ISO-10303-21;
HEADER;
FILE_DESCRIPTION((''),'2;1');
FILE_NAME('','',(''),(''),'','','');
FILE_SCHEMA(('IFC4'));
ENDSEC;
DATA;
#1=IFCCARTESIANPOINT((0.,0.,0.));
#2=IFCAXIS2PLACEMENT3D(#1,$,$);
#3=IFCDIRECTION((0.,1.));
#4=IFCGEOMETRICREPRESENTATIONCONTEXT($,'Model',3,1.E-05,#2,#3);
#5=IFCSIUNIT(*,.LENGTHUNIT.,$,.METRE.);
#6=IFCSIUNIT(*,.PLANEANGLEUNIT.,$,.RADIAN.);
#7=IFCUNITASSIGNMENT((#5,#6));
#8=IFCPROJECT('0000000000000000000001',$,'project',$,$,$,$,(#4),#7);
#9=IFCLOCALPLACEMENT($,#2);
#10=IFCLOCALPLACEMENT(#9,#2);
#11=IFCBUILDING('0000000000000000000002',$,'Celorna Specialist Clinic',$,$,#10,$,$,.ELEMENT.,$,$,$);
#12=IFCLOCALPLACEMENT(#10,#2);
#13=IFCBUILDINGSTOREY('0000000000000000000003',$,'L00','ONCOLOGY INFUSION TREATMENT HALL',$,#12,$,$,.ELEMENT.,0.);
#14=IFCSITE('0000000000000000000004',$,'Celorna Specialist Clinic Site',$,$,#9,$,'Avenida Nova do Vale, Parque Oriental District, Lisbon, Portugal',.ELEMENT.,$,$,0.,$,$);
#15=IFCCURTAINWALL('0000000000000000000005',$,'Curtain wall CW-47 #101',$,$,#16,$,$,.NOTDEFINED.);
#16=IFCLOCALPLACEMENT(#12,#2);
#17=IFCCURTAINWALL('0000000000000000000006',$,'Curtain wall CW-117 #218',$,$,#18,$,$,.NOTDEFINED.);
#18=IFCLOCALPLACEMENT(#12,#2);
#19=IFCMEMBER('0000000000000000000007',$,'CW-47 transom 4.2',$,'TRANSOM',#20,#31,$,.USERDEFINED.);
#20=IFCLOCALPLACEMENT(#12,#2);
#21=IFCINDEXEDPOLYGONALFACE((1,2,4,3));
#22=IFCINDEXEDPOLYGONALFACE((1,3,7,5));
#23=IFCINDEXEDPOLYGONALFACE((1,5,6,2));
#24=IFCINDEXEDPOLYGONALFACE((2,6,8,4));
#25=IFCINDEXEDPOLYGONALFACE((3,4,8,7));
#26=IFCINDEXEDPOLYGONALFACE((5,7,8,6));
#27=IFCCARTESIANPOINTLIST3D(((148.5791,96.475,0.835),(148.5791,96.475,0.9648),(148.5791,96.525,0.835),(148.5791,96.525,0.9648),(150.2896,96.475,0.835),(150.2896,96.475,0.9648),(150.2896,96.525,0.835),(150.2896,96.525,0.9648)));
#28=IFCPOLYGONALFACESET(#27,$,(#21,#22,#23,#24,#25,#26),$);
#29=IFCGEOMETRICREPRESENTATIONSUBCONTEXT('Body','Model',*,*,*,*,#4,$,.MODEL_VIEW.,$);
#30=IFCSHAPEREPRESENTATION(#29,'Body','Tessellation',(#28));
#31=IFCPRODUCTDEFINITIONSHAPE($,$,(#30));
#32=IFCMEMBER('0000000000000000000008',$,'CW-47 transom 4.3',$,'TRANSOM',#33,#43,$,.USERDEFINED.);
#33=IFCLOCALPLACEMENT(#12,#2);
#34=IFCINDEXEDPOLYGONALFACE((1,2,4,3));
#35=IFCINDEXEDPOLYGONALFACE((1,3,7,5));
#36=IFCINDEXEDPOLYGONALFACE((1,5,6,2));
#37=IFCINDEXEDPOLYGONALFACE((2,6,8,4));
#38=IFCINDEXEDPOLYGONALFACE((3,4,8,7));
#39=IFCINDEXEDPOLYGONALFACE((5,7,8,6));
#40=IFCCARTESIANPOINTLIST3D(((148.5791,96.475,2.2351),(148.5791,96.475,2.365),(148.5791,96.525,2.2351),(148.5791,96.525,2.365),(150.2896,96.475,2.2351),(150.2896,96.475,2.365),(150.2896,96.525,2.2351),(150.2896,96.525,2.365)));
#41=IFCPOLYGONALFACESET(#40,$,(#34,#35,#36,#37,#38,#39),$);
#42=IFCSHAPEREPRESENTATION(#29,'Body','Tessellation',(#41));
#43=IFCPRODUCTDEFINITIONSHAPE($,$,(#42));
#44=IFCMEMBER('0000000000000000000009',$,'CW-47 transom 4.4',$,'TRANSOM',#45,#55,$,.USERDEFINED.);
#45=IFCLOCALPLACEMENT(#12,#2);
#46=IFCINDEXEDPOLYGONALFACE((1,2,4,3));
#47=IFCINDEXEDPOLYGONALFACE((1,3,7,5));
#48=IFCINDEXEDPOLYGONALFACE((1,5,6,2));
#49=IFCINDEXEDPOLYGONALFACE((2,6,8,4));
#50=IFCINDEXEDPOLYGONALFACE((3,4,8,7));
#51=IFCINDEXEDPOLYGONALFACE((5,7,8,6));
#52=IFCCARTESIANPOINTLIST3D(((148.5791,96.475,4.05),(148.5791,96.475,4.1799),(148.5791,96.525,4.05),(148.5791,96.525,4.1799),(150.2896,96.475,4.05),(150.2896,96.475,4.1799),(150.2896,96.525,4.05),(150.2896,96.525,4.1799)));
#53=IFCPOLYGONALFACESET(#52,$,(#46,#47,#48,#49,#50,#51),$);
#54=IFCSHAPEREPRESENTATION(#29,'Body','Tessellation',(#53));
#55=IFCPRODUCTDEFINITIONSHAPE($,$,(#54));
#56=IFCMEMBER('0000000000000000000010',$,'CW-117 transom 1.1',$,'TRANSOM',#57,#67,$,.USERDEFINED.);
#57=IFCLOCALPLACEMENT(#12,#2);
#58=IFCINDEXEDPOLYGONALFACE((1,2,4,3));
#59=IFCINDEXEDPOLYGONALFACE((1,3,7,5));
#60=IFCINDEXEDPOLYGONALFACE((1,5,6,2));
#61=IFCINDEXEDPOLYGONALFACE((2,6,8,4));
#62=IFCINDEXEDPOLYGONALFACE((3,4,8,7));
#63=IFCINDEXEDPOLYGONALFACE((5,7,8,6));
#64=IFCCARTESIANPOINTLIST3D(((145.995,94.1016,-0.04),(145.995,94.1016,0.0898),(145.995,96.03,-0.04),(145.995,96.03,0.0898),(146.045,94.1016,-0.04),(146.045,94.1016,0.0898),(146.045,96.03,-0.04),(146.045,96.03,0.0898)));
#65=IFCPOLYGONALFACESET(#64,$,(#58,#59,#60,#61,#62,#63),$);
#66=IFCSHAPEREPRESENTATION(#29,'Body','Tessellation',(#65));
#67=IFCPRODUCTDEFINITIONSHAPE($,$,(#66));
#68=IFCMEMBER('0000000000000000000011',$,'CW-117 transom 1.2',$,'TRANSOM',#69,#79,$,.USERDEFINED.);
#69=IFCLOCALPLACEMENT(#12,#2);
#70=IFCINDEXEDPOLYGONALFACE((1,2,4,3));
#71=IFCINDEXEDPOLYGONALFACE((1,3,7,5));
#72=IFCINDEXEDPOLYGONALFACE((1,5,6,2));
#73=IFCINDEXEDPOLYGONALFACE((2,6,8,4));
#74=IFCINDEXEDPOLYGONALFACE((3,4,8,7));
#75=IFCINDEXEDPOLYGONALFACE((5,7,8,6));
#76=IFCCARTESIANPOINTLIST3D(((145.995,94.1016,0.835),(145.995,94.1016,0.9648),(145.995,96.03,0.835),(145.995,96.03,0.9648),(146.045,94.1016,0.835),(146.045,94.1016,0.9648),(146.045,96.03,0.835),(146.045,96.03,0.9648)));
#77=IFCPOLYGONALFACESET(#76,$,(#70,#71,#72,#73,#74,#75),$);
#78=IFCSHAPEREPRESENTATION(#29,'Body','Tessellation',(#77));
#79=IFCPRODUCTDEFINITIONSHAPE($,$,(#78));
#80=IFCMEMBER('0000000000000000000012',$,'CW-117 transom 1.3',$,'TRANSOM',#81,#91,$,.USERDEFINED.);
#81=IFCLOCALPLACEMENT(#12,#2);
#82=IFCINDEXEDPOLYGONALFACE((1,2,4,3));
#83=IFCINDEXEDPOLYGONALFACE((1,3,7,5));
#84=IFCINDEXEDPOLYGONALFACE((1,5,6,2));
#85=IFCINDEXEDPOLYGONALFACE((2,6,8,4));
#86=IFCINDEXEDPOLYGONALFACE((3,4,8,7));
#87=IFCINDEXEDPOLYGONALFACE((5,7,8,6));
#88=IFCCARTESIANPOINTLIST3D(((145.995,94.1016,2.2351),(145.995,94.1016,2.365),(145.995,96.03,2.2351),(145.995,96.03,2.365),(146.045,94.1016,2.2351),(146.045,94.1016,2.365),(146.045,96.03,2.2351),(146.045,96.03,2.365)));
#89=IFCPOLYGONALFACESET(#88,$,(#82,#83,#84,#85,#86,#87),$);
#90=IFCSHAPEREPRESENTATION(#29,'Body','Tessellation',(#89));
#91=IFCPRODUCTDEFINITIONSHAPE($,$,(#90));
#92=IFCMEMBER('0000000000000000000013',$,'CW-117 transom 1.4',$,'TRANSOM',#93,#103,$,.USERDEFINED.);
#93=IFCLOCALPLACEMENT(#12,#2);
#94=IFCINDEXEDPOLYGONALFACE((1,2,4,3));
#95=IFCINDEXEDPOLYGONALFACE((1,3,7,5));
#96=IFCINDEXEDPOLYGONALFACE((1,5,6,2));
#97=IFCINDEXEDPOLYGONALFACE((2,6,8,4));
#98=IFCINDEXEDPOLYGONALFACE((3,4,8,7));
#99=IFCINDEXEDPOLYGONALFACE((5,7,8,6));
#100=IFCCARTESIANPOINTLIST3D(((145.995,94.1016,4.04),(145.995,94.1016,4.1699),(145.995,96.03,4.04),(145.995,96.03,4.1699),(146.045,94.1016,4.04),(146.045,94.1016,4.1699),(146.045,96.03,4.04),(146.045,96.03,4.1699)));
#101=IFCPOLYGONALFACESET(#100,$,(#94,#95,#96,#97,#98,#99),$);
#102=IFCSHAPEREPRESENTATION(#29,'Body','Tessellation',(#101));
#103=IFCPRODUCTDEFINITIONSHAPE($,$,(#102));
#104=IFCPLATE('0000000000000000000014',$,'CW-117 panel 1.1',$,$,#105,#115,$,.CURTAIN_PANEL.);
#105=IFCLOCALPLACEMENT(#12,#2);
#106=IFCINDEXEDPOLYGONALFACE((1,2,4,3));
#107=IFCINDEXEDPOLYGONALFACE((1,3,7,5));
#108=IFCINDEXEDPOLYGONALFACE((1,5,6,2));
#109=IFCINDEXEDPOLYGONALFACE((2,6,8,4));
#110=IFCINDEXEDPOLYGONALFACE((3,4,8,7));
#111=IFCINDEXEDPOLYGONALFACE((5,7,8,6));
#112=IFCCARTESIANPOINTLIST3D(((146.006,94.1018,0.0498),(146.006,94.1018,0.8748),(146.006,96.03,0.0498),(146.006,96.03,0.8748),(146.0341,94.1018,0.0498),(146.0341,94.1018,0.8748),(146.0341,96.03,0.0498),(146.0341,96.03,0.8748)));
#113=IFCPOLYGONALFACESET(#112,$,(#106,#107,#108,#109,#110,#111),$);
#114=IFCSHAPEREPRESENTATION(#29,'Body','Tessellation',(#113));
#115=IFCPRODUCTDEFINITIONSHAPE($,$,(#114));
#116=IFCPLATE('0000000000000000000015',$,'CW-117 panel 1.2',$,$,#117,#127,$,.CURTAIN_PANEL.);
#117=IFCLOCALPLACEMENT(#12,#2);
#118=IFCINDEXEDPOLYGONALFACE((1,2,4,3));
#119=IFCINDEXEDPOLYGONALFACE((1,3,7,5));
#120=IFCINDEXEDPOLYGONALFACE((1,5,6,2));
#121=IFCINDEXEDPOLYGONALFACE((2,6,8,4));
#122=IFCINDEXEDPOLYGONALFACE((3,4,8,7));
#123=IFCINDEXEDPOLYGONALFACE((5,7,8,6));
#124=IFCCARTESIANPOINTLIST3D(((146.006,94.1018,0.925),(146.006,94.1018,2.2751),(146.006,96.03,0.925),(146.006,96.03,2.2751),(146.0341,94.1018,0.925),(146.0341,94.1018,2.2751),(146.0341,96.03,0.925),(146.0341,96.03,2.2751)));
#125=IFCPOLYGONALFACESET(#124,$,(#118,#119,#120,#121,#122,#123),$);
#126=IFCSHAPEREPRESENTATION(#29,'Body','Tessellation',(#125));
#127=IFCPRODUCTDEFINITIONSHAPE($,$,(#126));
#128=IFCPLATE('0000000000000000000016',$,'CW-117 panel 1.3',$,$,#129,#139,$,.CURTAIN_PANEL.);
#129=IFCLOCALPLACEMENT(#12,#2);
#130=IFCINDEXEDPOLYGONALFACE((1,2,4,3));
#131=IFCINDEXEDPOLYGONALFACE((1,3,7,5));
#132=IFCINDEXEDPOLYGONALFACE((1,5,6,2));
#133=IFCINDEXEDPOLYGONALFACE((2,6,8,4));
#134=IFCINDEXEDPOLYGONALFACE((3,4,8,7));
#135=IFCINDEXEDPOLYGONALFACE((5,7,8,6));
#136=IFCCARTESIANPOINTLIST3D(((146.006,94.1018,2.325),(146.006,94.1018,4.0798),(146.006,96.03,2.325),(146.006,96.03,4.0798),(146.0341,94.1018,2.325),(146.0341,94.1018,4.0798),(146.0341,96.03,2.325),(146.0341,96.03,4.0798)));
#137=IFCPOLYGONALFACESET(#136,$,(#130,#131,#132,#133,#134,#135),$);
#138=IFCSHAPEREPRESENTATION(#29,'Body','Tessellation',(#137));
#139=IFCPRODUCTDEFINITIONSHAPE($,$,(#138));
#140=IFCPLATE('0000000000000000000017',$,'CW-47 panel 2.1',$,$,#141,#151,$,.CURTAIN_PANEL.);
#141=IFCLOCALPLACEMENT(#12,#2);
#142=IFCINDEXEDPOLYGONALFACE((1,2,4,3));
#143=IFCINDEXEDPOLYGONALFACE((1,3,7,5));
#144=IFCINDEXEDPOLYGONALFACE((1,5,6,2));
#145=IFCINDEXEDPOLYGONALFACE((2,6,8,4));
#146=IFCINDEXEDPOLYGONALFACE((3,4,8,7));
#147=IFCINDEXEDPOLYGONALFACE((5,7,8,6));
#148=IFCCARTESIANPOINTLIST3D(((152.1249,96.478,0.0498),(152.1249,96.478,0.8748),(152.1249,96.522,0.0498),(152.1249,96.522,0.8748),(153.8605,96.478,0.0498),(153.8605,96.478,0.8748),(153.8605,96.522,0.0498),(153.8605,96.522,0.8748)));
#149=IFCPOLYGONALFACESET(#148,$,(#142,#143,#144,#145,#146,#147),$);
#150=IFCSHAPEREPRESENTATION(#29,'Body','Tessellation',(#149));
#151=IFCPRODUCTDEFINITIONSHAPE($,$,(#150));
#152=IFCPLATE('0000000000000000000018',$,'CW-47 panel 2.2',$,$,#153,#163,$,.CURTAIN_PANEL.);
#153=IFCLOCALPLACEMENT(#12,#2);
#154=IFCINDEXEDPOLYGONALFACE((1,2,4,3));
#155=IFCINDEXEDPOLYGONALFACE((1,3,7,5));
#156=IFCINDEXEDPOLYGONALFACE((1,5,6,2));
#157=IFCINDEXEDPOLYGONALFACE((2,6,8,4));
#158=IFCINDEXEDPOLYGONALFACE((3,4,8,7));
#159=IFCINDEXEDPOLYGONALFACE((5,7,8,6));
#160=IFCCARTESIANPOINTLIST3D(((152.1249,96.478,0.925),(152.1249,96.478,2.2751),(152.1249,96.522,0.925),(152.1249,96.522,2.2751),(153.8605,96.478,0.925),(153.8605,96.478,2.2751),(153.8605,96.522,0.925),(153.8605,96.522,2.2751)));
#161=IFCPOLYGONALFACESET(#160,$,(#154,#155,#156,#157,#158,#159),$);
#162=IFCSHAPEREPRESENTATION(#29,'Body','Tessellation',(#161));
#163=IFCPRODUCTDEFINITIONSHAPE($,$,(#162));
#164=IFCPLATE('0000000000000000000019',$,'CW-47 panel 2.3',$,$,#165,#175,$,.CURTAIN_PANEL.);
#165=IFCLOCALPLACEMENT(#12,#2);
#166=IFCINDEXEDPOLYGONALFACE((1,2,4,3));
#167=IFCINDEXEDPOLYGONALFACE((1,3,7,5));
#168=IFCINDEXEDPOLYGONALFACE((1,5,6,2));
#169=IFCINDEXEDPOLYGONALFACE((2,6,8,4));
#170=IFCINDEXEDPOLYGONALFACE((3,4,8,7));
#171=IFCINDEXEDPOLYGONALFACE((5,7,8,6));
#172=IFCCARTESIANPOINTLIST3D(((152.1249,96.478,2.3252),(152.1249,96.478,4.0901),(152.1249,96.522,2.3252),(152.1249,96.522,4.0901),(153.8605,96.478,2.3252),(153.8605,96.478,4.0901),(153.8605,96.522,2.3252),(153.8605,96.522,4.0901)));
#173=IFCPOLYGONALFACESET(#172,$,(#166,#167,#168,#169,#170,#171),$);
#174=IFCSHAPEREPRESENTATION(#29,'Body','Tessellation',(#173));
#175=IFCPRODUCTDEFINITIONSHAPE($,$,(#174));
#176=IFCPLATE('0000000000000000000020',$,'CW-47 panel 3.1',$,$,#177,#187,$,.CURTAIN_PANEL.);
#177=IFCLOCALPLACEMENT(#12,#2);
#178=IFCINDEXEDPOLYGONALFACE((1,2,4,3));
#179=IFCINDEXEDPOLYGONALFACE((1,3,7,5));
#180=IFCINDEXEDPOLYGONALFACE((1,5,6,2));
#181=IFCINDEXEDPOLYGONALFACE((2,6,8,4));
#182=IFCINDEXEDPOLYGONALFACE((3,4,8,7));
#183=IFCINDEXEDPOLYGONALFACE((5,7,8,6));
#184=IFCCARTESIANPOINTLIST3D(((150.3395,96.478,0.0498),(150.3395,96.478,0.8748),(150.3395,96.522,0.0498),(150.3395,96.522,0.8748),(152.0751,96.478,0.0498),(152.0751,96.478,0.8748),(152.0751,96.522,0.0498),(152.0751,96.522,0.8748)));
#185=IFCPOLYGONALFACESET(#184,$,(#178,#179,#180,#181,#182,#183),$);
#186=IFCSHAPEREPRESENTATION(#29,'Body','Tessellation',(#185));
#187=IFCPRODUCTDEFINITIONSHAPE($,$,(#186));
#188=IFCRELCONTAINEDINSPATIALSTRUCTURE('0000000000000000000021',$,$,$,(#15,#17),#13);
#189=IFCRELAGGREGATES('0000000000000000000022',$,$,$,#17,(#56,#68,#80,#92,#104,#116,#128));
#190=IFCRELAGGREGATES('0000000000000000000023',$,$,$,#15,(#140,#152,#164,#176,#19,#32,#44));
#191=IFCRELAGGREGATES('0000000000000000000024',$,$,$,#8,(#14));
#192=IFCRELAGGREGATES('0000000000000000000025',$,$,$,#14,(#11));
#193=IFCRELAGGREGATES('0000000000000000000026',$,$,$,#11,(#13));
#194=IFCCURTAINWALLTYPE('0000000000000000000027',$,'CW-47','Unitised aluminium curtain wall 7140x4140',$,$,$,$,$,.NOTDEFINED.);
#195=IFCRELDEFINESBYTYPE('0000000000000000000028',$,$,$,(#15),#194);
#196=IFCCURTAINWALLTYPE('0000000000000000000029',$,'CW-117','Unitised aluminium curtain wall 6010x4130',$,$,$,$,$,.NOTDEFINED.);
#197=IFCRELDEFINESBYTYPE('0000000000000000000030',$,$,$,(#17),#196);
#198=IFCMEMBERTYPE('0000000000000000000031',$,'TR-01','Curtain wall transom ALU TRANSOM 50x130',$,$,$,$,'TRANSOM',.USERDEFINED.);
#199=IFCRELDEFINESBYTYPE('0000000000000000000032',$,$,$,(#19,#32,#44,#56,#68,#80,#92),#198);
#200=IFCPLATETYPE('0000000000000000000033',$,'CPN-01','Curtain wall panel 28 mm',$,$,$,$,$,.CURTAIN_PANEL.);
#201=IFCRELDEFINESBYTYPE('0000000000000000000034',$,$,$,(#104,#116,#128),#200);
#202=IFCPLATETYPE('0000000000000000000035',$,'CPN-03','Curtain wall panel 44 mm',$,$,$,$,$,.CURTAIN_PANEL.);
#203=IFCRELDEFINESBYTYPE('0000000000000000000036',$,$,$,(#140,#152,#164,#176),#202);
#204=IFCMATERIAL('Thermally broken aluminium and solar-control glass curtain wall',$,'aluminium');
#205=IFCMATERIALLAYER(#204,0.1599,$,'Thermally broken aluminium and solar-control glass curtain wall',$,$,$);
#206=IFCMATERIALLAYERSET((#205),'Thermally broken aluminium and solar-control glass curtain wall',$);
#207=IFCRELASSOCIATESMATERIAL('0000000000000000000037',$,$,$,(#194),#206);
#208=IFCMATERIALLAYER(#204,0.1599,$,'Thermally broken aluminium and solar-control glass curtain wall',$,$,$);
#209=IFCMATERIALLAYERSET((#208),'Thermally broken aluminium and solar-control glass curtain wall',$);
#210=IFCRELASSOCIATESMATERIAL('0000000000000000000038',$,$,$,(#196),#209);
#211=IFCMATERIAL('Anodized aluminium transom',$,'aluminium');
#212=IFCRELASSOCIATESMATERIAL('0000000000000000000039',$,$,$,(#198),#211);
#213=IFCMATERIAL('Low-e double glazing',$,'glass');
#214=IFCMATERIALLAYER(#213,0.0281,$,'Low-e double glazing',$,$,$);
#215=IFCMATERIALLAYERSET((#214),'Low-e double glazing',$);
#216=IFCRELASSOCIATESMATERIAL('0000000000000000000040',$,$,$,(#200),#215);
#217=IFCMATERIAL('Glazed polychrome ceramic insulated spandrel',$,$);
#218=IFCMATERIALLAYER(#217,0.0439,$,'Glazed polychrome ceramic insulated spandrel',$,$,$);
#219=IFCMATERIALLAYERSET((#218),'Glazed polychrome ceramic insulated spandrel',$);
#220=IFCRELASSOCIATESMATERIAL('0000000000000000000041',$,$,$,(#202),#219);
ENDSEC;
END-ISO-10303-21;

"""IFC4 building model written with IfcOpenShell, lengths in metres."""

from ifc_helpers import new_model, si_unit, direction, frame, origin, origin_2d, place, context, subcontext, project, spatial, rectangle, extrude, material, layer, layer_set, material_profile, profile_set, type_object, element, aggregate, save


model = new_model("IFC4")

# Units and contexts
model_context = context("Model", 3, precision=1e-05, world=origin(), true_north=direction((0.0, 1.0)))
body_context = subcontext(model_context, "Body", "Model", "MODEL_VIEW")
ifc_project = project(units=[si_unit("LENGTHUNIT", "METRE"), si_unit("PLANEANGLEUNIT", "RADIAN")], contexts=[model_context])

# Site, building, storey
site_placement = place(None, origin())
site = spatial("IfcSite", under=ifc_project, at=site_placement, Name="Celorna Specialist Clinic Site", LongName="Avenida Nova do Vale, Parque Oriental District, Lisbon, Portugal", CompositionType="ELEMENT", RefElevation=0.0)
building_placement = place(site_placement, origin())
building = spatial("IfcBuilding", under=site, at=building_placement, Name="Celorna Specialist Clinic", CompositionType="ELEMENT")
storey_placement = place(building_placement, origin())
storey = spatial("IfcBuildingStorey", under=building, at=storey_placement, Name="L00", Description="ONCOLOGY INFUSION TREATMENT HALL", CompositionType="ELEMENT", Elevation=0.0)

# Curtain walls
ifc_material_1 = material(Name="Thermally broken aluminium and solar-control glass curtain wall", Category="aluminium")
ifc_layer_1 = layer(ifc_material_1, 0.1599, Name="Thermally broken aluminium and solar-control glass curtain wall")
ifc_layer_set_1 = layer_set([ifc_layer_1], Name="Thermally broken aluminium and solar-control glass curtain wall")
curtain_wall_type_1 = type_object("IfcCurtainWallType", Name="CW-47", Description="Unitised aluminium curtain wall 7140x4140", PredefinedType="NOTDEFINED", material=ifc_layer_set_1)
curtain_wall_1_placement = place(storey_placement, origin())
curtain_wall_1 = element("IfcCurtainWall", 1, at=curtain_wall_1_placement, inside=storey, type_object=curtain_wall_type_1, Name="Curtain wall CW-47 #101", PredefinedType="NOTDEFINED")
ifc_layer_2 = layer(ifc_material_1, 0.1599, Name="Thermally broken aluminium and solar-control glass curtain wall")
ifc_layer_set_2 = layer_set([ifc_layer_2], Name="Thermally broken aluminium and solar-control glass curtain wall")
curtain_wall_type_2 = type_object("IfcCurtainWallType", Name="CW-117", Description="Unitised aluminium curtain wall 6010x4130", PredefinedType="NOTDEFINED", material=ifc_layer_set_2)
curtain_wall_2_placement = place(storey_placement, origin())
curtain_wall_2 = element("IfcCurtainWall", 2, at=curtain_wall_2_placement, inside=storey, type_object=curtain_wall_type_2, Name="Curtain wall CW-117 #218", PredefinedType="NOTDEFINED")

# Members
ifc_material_2 = material(Name="Anodized aluminium transom", Category="aluminium")
ifc_material_profile_1 = material_profile(ifc_material_2, rectangle(XDim=0.05, YDim=0.1299, at=origin_2d()), Name="ALU TRANSOM 50x130")
ifc_profile_set_1 = profile_set([ifc_material_profile_1], Name="Anodized aluminium transom")
member_type_1 = type_object("IfcMemberType", Name="TR-01", Description="Curtain wall transom ALU TRANSOM 50x130", ElementType="TRANSOM", PredefinedType="USERDEFINED", material=ifc_profile_set_1)
member_1_placement = place(storey_placement, frame((150.2896, 96.5, 0.8999), z_axis=(-1.0, 0.0, 0.0), x_axis=(0.0, -1.0, 0.0)))
member_1 = element("IfcMember", 3, at=member_1_placement, type_object=member_type_1, Name="CW-47 transom 4.2", ObjectType="TRANSOM", PredefinedType="USERDEFINED", context=body_context, shape_type="SweptSolid", body=[
    extrude(rectangle(XDim=0.05, YDim=0.1299, at=origin_2d()), origin(), (0.0, 0.0, 1.0), 1.7104),
])
member_2_placement = place(storey_placement, frame((150.2896, 96.5, 2.3), z_axis=(-1.0, 0.0, 0.0), x_axis=(0.0, -1.0, 0.0)))
member_2 = element("IfcMember", 4, at=member_2_placement, type_object=member_type_1, Name="CW-47 transom 4.3", ObjectType="TRANSOM", PredefinedType="USERDEFINED", context=body_context, shape_type="SweptSolid", body=[
    extrude(rectangle(XDim=0.05, YDim=0.1299, at=origin_2d()), origin(), (0.0, 0.0, 1.0), 1.7104),
])
member_3_placement = place(storey_placement, frame((150.2896, 96.5, 4.115), z_axis=(-1.0, 0.0, 0.0), x_axis=(0.0, -1.0, 0.0)))
member_3 = element("IfcMember", 5, at=member_3_placement, type_object=member_type_1, Name="CW-47 transom 4.4", ObjectType="TRANSOM", PredefinedType="USERDEFINED", context=body_context, shape_type="SweptSolid", body=[
    extrude(rectangle(XDim=0.05, YDim=0.1299, at=origin_2d()), origin(), (0.0, 0.0, 1.0), 1.7104),
])
member_4_placement = place(storey_placement, frame((146.02, 96.03, 0.0249), z_axis=(0.0, -1.0, 0.0), x_axis=(1.0, 0.0, 0.0)))
member_4 = element("IfcMember", 6, at=member_4_placement, type_object=member_type_1, Name="CW-117 transom 1.1", ObjectType="TRANSOM", PredefinedType="USERDEFINED", context=body_context, shape_type="SweptSolid", body=[
    extrude(rectangle(XDim=0.05, YDim=0.1299, at=origin_2d()), origin(), (0.0, 0.0, 1.0), 1.9285),
])
member_5_placement = place(storey_placement, frame((146.02, 96.03, 0.8999), z_axis=(0.0, -1.0, 0.0), x_axis=(1.0, 0.0, 0.0)))
member_5 = element("IfcMember", 7, at=member_5_placement, type_object=member_type_1, Name="CW-117 transom 1.2", ObjectType="TRANSOM", PredefinedType="USERDEFINED", context=body_context, shape_type="SweptSolid", body=[
    extrude(rectangle(XDim=0.05, YDim=0.1299, at=origin_2d()), origin(), (0.0, 0.0, 1.0), 1.9285),
])
member_6_placement = place(storey_placement, frame((146.02, 96.03, 2.3), z_axis=(0.0, -1.0, 0.0), x_axis=(1.0, 0.0, 0.0)))
member_6 = element("IfcMember", 8, at=member_6_placement, type_object=member_type_1, Name="CW-117 transom 1.3", ObjectType="TRANSOM", PredefinedType="USERDEFINED", context=body_context, shape_type="SweptSolid", body=[
    extrude(rectangle(XDim=0.05, YDim=0.1299, at=origin_2d()), origin(), (0.0, 0.0, 1.0), 1.9285),
])
member_7_placement = place(storey_placement, frame((146.02, 96.03, 4.105), z_axis=(0.0, -1.0, 0.0), x_axis=(1.0, 0.0, 0.0)))
member_7 = element("IfcMember", 9, at=member_7_placement, type_object=member_type_1, Name="CW-117 transom 1.4", ObjectType="TRANSOM", PredefinedType="USERDEFINED", context=body_context, shape_type="SweptSolid", body=[
    extrude(rectangle(XDim=0.05, YDim=0.1299, at=origin_2d()), origin(), (0.0, 0.0, 1.0), 1.9285),
])

# Plates
ifc_material_3 = material(Name="Low-e double glazing", Category="glass")
ifc_layer_3 = layer(ifc_material_3, 0.0281, Name="Low-e double glazing")
ifc_layer_set_3 = layer_set([ifc_layer_3], Name="Low-e double glazing")
plate_type_1 = type_object("IfcPlateType", Name="CPN-01", Description="Curtain wall panel 28 mm", PredefinedType="CURTAIN_PANEL", material=ifc_layer_set_3)
plate_1_placement = place(storey_placement, frame((146.02, 95.0659, 0.0498), z_axis=(0.0, 0.0, 1.0), x_axis=(0.0, -1.0, 0.0)))
plate_1 = element("IfcPlate", 10, at=plate_1_placement, type_object=plate_type_1, Name="CW-117 panel 1.1", PredefinedType="CURTAIN_PANEL", context=body_context, shape_type="SweptSolid", body=[
    extrude(rectangle(XDim=1.9282, YDim=0.0281, at=origin_2d()), origin(), (0.0, 0.0, 1.0), 0.825),
])
plate_2_placement = place(storey_placement, frame((146.02, 95.0659, 0.925), z_axis=(0.0, 0.0, 1.0), x_axis=(0.0, -1.0, 0.0)))
plate_2 = element("IfcPlate", 11, at=plate_2_placement, type_object=plate_type_1, Name="CW-117 panel 1.2", PredefinedType="CURTAIN_PANEL", context=body_context, shape_type="SweptSolid", body=[
    extrude(rectangle(XDim=1.9282, YDim=0.0281, at=origin_2d()), origin(), (0.0, 0.0, 1.0), 1.3501),
])
plate_3_placement = place(storey_placement, frame((146.02, 95.0659, 2.325), z_axis=(0.0, 0.0, 1.0), x_axis=(0.0, -1.0, 0.0)))
plate_3 = element("IfcPlate", 12, at=plate_3_placement, type_object=plate_type_1, Name="CW-117 panel 1.3", PredefinedType="CURTAIN_PANEL", context=body_context, shape_type="SweptSolid", body=[
    extrude(rectangle(XDim=1.9282, YDim=0.0281, at=origin_2d()), origin(), (0.0, 0.0, 1.0), 1.7549),
])
aggregate(curtain_wall_2, [member_4, member_5, member_6, member_7, plate_1, plate_2, plate_3])
ifc_material_4 = material(Name="Glazed polychrome ceramic insulated spandrel")
ifc_layer_4 = layer(ifc_material_4, 0.0439, Name="Glazed polychrome ceramic insulated spandrel")
ifc_layer_set_4 = layer_set([ifc_layer_4], Name="Glazed polychrome ceramic insulated spandrel")
plate_type_2 = type_object("IfcPlateType", Name="CPN-03", Description="Curtain wall panel 44 mm", PredefinedType="CURTAIN_PANEL", material=ifc_layer_set_4)
plate_4_placement = place(storey_placement, frame((152.9927, 96.5, 0.0498), z_axis=(0.0, 0.0, 1.0), x_axis=(-1.0, 0.0, 0.0)))
plate_4 = element("IfcPlate", 13, at=plate_4_placement, type_object=plate_type_2, Name="CW-47 panel 2.1", PredefinedType="CURTAIN_PANEL", context=body_context, shape_type="SweptSolid", body=[
    extrude(rectangle(XDim=1.7356, YDim=0.0439, at=origin_2d()), origin(), (0.0, 0.0, 1.0), 0.825),
])
plate_5_placement = place(storey_placement, frame((152.9927, 96.5, 0.925), z_axis=(0.0, 0.0, 1.0), x_axis=(-1.0, 0.0, 0.0)))
plate_5 = element("IfcPlate", 14, at=plate_5_placement, type_object=plate_type_2, Name="CW-47 panel 2.2", PredefinedType="CURTAIN_PANEL", context=body_context, shape_type="SweptSolid", body=[
    extrude(rectangle(XDim=1.7356, YDim=0.0439, at=origin_2d()), origin(), (0.0, 0.0, 1.0), 1.3501),
])
plate_6_placement = place(storey_placement, frame((152.9927, 96.5, 2.3252), z_axis=(0.0, 0.0, 1.0), x_axis=(-1.0, 0.0, 0.0)))
plate_6 = element("IfcPlate", 15, at=plate_6_placement, type_object=plate_type_2, Name="CW-47 panel 2.3", PredefinedType="CURTAIN_PANEL", context=body_context, shape_type="SweptSolid", body=[
    extrude(rectangle(XDim=1.7356, YDim=0.0439, at=origin_2d()), origin(), (0.0, 0.0, 1.0), 1.7649),
])
plate_7_placement = place(storey_placement, frame((151.2073, 96.5, 0.0498), z_axis=(0.0, 0.0, 1.0), x_axis=(-1.0, 0.0, 0.0)))
plate_7 = element("IfcPlate", 16, at=plate_7_placement, type_object=plate_type_2, Name="CW-47 panel 3.1", PredefinedType="CURTAIN_PANEL", context=body_context, shape_type="SweptSolid", body=[
    extrude(rectangle(XDim=1.7356, YDim=0.0439, at=origin_2d()), origin(), (0.0, 0.0, 1.0), 0.825),
])
aggregate(curtain_wall_1, [plate_4, plate_5, plate_6, plate_7, member_1, member_2, member_3])

save(model, "model.ifc")
